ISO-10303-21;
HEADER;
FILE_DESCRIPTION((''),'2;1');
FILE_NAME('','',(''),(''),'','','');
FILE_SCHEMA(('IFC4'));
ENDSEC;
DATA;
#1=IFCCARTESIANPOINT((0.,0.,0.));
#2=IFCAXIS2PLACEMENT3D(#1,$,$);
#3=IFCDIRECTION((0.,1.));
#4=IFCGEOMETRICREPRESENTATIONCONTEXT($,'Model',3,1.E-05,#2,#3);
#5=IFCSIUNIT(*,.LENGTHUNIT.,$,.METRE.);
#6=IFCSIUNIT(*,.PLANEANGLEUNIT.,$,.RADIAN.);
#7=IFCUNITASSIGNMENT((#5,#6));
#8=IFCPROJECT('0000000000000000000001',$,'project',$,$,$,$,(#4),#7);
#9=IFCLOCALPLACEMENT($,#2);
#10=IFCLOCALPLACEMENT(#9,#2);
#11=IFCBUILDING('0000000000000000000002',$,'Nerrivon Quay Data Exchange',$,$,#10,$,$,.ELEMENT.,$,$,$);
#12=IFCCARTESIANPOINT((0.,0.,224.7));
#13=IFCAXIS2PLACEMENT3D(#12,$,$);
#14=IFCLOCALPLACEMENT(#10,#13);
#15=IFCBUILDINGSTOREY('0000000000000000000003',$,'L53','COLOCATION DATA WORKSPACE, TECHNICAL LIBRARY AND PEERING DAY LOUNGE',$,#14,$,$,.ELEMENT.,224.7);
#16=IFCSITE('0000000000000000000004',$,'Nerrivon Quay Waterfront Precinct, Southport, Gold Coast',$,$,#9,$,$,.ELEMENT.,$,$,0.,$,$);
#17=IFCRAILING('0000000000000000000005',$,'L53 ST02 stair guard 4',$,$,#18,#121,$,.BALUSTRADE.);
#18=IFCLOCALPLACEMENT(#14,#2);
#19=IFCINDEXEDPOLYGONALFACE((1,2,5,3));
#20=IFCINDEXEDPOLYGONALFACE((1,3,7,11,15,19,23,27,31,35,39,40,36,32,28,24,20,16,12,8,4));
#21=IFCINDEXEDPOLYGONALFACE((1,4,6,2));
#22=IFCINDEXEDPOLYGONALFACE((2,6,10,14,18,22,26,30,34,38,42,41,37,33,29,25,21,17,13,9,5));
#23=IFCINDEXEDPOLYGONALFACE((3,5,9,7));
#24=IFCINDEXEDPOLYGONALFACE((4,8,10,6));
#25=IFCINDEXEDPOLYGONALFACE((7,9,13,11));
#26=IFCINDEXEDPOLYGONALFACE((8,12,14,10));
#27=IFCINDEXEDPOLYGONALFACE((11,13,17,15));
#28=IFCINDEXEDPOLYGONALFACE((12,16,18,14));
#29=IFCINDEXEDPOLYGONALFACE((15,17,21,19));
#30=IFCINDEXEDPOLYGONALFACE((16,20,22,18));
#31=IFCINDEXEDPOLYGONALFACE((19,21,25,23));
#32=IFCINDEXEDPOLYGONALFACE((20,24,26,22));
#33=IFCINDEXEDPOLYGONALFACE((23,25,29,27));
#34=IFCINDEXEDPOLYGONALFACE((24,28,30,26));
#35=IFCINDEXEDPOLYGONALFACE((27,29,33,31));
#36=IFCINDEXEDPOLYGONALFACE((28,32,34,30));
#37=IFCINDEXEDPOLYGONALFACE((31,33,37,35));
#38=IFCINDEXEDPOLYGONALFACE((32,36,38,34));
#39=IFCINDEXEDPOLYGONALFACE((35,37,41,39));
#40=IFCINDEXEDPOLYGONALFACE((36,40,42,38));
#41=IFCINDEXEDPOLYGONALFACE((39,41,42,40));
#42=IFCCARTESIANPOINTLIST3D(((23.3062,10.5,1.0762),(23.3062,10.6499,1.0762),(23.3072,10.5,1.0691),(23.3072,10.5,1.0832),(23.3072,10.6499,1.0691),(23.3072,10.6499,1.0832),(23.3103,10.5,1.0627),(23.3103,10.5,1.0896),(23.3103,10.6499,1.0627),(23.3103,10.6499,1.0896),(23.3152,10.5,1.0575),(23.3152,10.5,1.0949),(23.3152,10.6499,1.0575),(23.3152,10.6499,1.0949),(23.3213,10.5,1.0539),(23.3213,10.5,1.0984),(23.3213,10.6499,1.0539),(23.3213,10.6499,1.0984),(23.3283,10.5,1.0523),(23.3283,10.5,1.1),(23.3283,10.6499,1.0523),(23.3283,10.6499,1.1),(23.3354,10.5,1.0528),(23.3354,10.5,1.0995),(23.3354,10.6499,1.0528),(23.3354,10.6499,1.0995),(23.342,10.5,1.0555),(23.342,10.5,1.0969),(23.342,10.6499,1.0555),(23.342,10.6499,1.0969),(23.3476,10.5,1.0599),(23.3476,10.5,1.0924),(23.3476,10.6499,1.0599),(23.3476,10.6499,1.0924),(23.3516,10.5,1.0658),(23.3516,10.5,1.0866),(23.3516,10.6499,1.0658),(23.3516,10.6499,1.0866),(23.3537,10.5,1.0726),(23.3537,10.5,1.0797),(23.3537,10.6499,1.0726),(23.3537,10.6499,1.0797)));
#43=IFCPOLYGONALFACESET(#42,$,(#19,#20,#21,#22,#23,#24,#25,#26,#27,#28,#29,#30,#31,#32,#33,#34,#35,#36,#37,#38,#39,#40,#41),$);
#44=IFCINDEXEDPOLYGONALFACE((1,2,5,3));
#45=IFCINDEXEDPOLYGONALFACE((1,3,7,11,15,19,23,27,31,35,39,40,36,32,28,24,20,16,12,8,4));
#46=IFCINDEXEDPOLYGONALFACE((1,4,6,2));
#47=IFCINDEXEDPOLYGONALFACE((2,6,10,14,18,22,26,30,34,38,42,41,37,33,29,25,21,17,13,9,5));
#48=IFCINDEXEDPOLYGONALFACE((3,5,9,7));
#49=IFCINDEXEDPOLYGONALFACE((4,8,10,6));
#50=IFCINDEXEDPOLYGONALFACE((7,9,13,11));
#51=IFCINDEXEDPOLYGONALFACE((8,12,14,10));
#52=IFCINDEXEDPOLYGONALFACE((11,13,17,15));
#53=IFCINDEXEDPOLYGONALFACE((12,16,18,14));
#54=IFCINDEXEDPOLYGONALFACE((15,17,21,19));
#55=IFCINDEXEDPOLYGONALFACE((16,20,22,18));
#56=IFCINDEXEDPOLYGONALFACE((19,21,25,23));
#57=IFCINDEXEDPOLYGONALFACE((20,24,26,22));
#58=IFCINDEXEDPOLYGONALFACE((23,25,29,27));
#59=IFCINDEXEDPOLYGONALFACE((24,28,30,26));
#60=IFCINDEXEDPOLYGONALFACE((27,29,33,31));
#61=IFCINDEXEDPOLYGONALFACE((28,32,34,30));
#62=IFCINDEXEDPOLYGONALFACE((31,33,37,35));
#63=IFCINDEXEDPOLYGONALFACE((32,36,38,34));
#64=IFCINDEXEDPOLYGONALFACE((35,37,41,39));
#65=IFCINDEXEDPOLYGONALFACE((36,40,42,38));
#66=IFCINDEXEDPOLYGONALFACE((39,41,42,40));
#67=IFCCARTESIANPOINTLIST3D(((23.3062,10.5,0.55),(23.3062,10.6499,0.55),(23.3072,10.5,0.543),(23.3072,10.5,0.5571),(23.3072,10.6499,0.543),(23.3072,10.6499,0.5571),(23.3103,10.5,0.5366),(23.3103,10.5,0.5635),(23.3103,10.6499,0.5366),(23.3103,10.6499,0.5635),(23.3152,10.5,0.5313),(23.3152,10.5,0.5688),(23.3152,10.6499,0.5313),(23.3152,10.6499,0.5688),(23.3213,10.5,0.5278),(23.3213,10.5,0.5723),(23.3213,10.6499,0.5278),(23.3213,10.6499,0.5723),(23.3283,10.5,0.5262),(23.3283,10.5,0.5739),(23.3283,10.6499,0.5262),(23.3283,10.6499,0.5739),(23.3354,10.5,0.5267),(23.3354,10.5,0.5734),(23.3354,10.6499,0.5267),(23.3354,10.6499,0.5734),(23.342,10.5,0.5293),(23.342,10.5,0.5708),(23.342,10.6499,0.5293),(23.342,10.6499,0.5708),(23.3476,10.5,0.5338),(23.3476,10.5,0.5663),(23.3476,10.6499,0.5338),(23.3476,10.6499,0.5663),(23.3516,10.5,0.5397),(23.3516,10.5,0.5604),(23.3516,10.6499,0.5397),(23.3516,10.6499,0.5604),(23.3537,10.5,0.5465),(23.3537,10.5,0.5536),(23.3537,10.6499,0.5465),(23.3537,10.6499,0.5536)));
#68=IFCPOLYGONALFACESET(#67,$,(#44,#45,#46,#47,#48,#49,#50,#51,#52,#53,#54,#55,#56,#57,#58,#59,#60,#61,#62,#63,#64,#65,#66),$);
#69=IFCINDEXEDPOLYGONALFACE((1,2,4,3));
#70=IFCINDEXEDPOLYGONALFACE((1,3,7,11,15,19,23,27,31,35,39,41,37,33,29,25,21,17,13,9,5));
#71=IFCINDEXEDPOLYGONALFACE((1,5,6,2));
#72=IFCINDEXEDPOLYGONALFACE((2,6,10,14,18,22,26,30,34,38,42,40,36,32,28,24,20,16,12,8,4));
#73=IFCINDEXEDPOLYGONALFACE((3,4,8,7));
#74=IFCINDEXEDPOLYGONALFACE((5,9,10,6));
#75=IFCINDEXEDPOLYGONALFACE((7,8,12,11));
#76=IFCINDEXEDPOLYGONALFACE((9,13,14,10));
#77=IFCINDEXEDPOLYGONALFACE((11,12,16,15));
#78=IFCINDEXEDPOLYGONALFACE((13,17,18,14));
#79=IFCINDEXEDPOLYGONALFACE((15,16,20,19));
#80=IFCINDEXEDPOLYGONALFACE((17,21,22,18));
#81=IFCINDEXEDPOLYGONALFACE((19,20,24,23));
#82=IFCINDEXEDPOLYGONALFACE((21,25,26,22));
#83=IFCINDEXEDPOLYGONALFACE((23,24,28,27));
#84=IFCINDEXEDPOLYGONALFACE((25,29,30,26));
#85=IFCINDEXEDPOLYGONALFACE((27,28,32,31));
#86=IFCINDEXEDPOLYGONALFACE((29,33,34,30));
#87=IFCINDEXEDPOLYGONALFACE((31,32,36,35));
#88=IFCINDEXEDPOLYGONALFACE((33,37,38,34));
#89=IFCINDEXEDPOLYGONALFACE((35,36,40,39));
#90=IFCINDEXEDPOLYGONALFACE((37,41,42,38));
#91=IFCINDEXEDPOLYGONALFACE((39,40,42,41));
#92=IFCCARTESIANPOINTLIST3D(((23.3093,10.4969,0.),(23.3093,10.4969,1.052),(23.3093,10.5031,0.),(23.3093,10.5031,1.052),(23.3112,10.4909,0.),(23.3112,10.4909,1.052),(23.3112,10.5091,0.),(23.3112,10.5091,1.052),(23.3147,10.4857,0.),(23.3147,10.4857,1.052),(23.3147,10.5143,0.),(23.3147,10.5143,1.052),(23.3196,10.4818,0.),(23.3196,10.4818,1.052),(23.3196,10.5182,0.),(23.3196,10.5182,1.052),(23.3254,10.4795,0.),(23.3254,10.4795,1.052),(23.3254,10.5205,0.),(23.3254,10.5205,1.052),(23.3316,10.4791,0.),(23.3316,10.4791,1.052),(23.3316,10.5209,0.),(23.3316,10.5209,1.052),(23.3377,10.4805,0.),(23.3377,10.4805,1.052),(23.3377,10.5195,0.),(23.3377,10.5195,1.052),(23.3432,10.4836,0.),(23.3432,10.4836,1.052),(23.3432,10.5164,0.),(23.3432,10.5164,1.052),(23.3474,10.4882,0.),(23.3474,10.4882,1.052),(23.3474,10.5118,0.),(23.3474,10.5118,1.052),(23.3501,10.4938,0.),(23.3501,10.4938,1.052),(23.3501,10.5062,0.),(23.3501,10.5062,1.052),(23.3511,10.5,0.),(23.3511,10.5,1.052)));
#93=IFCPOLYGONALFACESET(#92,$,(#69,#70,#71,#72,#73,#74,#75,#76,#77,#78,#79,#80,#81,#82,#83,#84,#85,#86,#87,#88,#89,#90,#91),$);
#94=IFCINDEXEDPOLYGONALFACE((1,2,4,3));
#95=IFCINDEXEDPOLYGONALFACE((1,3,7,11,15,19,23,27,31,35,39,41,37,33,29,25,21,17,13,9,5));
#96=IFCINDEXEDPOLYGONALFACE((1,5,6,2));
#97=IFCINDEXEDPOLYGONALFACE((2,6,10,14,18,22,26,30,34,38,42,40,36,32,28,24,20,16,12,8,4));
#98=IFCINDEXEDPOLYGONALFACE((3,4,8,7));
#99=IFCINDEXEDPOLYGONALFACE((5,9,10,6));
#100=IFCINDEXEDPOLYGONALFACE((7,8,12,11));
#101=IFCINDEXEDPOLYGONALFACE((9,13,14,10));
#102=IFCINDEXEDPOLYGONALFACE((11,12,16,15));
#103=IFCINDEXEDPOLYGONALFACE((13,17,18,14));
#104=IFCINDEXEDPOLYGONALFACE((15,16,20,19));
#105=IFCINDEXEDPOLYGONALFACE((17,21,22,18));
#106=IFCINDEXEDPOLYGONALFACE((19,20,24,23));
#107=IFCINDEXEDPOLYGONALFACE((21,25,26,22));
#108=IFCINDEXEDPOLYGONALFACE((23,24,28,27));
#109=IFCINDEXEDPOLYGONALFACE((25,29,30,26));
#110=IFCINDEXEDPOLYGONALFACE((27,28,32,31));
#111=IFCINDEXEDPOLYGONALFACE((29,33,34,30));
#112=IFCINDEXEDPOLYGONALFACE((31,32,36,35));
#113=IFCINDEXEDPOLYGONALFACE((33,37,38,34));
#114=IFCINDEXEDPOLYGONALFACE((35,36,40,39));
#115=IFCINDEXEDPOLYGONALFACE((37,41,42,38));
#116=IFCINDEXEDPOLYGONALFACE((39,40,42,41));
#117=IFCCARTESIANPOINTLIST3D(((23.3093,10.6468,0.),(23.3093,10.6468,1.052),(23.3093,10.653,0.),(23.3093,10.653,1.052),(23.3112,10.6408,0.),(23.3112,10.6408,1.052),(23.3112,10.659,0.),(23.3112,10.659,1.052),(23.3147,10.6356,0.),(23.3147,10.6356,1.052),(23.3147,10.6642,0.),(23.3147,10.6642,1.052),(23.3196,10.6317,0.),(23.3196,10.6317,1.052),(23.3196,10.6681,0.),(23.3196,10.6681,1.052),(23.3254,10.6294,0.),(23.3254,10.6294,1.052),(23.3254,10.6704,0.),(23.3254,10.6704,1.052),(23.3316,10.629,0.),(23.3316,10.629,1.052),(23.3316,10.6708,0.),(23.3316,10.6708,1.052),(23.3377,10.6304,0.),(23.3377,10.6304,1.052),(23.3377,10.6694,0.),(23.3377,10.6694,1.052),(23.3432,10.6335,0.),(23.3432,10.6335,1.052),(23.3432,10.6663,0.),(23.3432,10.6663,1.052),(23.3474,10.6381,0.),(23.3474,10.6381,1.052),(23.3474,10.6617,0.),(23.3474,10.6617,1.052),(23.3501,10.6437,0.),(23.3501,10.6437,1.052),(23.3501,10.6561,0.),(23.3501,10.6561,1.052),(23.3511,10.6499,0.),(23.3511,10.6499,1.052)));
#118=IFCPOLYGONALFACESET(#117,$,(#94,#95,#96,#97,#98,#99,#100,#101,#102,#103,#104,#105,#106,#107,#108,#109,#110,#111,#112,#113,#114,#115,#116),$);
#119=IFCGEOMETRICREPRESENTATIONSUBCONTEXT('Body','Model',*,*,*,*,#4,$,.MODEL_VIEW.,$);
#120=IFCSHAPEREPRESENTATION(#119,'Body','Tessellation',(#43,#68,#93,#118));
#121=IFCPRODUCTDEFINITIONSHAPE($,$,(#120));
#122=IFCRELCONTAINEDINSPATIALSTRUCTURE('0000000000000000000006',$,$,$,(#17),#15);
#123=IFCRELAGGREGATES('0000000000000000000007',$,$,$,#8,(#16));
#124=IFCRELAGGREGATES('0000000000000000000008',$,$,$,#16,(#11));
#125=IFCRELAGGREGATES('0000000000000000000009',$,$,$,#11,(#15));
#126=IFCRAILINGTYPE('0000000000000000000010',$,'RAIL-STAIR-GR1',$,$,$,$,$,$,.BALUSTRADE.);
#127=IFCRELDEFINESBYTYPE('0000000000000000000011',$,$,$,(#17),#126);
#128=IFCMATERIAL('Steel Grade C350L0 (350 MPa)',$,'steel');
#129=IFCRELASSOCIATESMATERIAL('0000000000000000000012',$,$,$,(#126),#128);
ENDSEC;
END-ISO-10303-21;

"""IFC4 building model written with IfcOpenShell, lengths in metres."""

from ifc_helpers import new_model, si_unit, direction, frame, origin, origin_2d, place, context, subcontext, project, spatial, circle, extrude, material, type_object, element, save


model = new_model("IFC4")

# Units and contexts
model_context = context("Model", 3, precision=1e-05, world=origin(), true_north=direction((0.0, 1.0)))
body_context = subcontext(model_context, "Body", "Model", "MODEL_VIEW")
ifc_project = project(units=[si_unit("LENGTHUNIT", "METRE"), si_unit("PLANEANGLEUNIT", "RADIAN")], contexts=[model_context])

# Site, building, storey
site_placement = place(None, origin())
site = spatial("IfcSite", under=ifc_project, at=site_placement, Name="Nerrivon Quay Waterfront Precinct, Southport, Gold Coast", CompositionType="ELEMENT", RefElevation=0.0)
building_placement = place(site_placement, origin())
building = spatial("IfcBuilding", under=site, at=building_placement, Name="Nerrivon Quay Data Exchange", CompositionType="ELEMENT")
storey_placement = place(building_placement, frame((0.0, 0.0, 224.7)))
storey = spatial("IfcBuildingStorey", under=building, at=storey_placement, Name="L53", Description="COLOCATION DATA WORKSPACE, TECHNICAL LIBRARY AND PEERING DAY LOUNGE", CompositionType="ELEMENT", Elevation=224.7)

# Railing
ifc_material_1 = material(Name="Steel Grade C350L0 (350 MPa)", Category="steel")
railing_type_1 = type_object("IfcRailingType", Name="RAIL-STAIR-GR1", PredefinedType="BALUSTRADE", material=ifc_material_1)
railing_1_placement = place(storey_placement, frame((23.3301, 10.5, 0.0)))
element("IfcRailing", 1, at=railing_1_placement, inside=storey, type_object=railing_type_1, Name="L53 ST02 stair guard 4", PredefinedType="BALUSTRADE", context=body_context, shape_type="SweptSolid", body=[
    extrude(circle(Radius=0.0239, at=origin_2d()), frame((0.0, 0.0, 1.0762), z_axis=(0.0, 1.0, 0.0), x_axis=(-1.0, 0.0, 0.0)), (0.0, 0.0, 1.0), 0.1499),
    extrude(circle(Radius=0.0239, at=origin_2d()), frame((0.0, 0.0, 0.55), z_axis=(0.0, 1.0, 0.0), x_axis=(-1.0, 0.0, 0.0)), (0.0, 0.0, 1.0), 0.1499),
    extrude(circle(Radius=0.021, at=origin_2d()), origin(), (0.0, 0.0, 1.0), 1.052),
    extrude(circle(Radius=0.021, at=origin_2d()), frame((0.0, 0.1499, 0.0)), (0.0, 0.0, 1.0), 1.052),
])

save(model, "model.ifc")
